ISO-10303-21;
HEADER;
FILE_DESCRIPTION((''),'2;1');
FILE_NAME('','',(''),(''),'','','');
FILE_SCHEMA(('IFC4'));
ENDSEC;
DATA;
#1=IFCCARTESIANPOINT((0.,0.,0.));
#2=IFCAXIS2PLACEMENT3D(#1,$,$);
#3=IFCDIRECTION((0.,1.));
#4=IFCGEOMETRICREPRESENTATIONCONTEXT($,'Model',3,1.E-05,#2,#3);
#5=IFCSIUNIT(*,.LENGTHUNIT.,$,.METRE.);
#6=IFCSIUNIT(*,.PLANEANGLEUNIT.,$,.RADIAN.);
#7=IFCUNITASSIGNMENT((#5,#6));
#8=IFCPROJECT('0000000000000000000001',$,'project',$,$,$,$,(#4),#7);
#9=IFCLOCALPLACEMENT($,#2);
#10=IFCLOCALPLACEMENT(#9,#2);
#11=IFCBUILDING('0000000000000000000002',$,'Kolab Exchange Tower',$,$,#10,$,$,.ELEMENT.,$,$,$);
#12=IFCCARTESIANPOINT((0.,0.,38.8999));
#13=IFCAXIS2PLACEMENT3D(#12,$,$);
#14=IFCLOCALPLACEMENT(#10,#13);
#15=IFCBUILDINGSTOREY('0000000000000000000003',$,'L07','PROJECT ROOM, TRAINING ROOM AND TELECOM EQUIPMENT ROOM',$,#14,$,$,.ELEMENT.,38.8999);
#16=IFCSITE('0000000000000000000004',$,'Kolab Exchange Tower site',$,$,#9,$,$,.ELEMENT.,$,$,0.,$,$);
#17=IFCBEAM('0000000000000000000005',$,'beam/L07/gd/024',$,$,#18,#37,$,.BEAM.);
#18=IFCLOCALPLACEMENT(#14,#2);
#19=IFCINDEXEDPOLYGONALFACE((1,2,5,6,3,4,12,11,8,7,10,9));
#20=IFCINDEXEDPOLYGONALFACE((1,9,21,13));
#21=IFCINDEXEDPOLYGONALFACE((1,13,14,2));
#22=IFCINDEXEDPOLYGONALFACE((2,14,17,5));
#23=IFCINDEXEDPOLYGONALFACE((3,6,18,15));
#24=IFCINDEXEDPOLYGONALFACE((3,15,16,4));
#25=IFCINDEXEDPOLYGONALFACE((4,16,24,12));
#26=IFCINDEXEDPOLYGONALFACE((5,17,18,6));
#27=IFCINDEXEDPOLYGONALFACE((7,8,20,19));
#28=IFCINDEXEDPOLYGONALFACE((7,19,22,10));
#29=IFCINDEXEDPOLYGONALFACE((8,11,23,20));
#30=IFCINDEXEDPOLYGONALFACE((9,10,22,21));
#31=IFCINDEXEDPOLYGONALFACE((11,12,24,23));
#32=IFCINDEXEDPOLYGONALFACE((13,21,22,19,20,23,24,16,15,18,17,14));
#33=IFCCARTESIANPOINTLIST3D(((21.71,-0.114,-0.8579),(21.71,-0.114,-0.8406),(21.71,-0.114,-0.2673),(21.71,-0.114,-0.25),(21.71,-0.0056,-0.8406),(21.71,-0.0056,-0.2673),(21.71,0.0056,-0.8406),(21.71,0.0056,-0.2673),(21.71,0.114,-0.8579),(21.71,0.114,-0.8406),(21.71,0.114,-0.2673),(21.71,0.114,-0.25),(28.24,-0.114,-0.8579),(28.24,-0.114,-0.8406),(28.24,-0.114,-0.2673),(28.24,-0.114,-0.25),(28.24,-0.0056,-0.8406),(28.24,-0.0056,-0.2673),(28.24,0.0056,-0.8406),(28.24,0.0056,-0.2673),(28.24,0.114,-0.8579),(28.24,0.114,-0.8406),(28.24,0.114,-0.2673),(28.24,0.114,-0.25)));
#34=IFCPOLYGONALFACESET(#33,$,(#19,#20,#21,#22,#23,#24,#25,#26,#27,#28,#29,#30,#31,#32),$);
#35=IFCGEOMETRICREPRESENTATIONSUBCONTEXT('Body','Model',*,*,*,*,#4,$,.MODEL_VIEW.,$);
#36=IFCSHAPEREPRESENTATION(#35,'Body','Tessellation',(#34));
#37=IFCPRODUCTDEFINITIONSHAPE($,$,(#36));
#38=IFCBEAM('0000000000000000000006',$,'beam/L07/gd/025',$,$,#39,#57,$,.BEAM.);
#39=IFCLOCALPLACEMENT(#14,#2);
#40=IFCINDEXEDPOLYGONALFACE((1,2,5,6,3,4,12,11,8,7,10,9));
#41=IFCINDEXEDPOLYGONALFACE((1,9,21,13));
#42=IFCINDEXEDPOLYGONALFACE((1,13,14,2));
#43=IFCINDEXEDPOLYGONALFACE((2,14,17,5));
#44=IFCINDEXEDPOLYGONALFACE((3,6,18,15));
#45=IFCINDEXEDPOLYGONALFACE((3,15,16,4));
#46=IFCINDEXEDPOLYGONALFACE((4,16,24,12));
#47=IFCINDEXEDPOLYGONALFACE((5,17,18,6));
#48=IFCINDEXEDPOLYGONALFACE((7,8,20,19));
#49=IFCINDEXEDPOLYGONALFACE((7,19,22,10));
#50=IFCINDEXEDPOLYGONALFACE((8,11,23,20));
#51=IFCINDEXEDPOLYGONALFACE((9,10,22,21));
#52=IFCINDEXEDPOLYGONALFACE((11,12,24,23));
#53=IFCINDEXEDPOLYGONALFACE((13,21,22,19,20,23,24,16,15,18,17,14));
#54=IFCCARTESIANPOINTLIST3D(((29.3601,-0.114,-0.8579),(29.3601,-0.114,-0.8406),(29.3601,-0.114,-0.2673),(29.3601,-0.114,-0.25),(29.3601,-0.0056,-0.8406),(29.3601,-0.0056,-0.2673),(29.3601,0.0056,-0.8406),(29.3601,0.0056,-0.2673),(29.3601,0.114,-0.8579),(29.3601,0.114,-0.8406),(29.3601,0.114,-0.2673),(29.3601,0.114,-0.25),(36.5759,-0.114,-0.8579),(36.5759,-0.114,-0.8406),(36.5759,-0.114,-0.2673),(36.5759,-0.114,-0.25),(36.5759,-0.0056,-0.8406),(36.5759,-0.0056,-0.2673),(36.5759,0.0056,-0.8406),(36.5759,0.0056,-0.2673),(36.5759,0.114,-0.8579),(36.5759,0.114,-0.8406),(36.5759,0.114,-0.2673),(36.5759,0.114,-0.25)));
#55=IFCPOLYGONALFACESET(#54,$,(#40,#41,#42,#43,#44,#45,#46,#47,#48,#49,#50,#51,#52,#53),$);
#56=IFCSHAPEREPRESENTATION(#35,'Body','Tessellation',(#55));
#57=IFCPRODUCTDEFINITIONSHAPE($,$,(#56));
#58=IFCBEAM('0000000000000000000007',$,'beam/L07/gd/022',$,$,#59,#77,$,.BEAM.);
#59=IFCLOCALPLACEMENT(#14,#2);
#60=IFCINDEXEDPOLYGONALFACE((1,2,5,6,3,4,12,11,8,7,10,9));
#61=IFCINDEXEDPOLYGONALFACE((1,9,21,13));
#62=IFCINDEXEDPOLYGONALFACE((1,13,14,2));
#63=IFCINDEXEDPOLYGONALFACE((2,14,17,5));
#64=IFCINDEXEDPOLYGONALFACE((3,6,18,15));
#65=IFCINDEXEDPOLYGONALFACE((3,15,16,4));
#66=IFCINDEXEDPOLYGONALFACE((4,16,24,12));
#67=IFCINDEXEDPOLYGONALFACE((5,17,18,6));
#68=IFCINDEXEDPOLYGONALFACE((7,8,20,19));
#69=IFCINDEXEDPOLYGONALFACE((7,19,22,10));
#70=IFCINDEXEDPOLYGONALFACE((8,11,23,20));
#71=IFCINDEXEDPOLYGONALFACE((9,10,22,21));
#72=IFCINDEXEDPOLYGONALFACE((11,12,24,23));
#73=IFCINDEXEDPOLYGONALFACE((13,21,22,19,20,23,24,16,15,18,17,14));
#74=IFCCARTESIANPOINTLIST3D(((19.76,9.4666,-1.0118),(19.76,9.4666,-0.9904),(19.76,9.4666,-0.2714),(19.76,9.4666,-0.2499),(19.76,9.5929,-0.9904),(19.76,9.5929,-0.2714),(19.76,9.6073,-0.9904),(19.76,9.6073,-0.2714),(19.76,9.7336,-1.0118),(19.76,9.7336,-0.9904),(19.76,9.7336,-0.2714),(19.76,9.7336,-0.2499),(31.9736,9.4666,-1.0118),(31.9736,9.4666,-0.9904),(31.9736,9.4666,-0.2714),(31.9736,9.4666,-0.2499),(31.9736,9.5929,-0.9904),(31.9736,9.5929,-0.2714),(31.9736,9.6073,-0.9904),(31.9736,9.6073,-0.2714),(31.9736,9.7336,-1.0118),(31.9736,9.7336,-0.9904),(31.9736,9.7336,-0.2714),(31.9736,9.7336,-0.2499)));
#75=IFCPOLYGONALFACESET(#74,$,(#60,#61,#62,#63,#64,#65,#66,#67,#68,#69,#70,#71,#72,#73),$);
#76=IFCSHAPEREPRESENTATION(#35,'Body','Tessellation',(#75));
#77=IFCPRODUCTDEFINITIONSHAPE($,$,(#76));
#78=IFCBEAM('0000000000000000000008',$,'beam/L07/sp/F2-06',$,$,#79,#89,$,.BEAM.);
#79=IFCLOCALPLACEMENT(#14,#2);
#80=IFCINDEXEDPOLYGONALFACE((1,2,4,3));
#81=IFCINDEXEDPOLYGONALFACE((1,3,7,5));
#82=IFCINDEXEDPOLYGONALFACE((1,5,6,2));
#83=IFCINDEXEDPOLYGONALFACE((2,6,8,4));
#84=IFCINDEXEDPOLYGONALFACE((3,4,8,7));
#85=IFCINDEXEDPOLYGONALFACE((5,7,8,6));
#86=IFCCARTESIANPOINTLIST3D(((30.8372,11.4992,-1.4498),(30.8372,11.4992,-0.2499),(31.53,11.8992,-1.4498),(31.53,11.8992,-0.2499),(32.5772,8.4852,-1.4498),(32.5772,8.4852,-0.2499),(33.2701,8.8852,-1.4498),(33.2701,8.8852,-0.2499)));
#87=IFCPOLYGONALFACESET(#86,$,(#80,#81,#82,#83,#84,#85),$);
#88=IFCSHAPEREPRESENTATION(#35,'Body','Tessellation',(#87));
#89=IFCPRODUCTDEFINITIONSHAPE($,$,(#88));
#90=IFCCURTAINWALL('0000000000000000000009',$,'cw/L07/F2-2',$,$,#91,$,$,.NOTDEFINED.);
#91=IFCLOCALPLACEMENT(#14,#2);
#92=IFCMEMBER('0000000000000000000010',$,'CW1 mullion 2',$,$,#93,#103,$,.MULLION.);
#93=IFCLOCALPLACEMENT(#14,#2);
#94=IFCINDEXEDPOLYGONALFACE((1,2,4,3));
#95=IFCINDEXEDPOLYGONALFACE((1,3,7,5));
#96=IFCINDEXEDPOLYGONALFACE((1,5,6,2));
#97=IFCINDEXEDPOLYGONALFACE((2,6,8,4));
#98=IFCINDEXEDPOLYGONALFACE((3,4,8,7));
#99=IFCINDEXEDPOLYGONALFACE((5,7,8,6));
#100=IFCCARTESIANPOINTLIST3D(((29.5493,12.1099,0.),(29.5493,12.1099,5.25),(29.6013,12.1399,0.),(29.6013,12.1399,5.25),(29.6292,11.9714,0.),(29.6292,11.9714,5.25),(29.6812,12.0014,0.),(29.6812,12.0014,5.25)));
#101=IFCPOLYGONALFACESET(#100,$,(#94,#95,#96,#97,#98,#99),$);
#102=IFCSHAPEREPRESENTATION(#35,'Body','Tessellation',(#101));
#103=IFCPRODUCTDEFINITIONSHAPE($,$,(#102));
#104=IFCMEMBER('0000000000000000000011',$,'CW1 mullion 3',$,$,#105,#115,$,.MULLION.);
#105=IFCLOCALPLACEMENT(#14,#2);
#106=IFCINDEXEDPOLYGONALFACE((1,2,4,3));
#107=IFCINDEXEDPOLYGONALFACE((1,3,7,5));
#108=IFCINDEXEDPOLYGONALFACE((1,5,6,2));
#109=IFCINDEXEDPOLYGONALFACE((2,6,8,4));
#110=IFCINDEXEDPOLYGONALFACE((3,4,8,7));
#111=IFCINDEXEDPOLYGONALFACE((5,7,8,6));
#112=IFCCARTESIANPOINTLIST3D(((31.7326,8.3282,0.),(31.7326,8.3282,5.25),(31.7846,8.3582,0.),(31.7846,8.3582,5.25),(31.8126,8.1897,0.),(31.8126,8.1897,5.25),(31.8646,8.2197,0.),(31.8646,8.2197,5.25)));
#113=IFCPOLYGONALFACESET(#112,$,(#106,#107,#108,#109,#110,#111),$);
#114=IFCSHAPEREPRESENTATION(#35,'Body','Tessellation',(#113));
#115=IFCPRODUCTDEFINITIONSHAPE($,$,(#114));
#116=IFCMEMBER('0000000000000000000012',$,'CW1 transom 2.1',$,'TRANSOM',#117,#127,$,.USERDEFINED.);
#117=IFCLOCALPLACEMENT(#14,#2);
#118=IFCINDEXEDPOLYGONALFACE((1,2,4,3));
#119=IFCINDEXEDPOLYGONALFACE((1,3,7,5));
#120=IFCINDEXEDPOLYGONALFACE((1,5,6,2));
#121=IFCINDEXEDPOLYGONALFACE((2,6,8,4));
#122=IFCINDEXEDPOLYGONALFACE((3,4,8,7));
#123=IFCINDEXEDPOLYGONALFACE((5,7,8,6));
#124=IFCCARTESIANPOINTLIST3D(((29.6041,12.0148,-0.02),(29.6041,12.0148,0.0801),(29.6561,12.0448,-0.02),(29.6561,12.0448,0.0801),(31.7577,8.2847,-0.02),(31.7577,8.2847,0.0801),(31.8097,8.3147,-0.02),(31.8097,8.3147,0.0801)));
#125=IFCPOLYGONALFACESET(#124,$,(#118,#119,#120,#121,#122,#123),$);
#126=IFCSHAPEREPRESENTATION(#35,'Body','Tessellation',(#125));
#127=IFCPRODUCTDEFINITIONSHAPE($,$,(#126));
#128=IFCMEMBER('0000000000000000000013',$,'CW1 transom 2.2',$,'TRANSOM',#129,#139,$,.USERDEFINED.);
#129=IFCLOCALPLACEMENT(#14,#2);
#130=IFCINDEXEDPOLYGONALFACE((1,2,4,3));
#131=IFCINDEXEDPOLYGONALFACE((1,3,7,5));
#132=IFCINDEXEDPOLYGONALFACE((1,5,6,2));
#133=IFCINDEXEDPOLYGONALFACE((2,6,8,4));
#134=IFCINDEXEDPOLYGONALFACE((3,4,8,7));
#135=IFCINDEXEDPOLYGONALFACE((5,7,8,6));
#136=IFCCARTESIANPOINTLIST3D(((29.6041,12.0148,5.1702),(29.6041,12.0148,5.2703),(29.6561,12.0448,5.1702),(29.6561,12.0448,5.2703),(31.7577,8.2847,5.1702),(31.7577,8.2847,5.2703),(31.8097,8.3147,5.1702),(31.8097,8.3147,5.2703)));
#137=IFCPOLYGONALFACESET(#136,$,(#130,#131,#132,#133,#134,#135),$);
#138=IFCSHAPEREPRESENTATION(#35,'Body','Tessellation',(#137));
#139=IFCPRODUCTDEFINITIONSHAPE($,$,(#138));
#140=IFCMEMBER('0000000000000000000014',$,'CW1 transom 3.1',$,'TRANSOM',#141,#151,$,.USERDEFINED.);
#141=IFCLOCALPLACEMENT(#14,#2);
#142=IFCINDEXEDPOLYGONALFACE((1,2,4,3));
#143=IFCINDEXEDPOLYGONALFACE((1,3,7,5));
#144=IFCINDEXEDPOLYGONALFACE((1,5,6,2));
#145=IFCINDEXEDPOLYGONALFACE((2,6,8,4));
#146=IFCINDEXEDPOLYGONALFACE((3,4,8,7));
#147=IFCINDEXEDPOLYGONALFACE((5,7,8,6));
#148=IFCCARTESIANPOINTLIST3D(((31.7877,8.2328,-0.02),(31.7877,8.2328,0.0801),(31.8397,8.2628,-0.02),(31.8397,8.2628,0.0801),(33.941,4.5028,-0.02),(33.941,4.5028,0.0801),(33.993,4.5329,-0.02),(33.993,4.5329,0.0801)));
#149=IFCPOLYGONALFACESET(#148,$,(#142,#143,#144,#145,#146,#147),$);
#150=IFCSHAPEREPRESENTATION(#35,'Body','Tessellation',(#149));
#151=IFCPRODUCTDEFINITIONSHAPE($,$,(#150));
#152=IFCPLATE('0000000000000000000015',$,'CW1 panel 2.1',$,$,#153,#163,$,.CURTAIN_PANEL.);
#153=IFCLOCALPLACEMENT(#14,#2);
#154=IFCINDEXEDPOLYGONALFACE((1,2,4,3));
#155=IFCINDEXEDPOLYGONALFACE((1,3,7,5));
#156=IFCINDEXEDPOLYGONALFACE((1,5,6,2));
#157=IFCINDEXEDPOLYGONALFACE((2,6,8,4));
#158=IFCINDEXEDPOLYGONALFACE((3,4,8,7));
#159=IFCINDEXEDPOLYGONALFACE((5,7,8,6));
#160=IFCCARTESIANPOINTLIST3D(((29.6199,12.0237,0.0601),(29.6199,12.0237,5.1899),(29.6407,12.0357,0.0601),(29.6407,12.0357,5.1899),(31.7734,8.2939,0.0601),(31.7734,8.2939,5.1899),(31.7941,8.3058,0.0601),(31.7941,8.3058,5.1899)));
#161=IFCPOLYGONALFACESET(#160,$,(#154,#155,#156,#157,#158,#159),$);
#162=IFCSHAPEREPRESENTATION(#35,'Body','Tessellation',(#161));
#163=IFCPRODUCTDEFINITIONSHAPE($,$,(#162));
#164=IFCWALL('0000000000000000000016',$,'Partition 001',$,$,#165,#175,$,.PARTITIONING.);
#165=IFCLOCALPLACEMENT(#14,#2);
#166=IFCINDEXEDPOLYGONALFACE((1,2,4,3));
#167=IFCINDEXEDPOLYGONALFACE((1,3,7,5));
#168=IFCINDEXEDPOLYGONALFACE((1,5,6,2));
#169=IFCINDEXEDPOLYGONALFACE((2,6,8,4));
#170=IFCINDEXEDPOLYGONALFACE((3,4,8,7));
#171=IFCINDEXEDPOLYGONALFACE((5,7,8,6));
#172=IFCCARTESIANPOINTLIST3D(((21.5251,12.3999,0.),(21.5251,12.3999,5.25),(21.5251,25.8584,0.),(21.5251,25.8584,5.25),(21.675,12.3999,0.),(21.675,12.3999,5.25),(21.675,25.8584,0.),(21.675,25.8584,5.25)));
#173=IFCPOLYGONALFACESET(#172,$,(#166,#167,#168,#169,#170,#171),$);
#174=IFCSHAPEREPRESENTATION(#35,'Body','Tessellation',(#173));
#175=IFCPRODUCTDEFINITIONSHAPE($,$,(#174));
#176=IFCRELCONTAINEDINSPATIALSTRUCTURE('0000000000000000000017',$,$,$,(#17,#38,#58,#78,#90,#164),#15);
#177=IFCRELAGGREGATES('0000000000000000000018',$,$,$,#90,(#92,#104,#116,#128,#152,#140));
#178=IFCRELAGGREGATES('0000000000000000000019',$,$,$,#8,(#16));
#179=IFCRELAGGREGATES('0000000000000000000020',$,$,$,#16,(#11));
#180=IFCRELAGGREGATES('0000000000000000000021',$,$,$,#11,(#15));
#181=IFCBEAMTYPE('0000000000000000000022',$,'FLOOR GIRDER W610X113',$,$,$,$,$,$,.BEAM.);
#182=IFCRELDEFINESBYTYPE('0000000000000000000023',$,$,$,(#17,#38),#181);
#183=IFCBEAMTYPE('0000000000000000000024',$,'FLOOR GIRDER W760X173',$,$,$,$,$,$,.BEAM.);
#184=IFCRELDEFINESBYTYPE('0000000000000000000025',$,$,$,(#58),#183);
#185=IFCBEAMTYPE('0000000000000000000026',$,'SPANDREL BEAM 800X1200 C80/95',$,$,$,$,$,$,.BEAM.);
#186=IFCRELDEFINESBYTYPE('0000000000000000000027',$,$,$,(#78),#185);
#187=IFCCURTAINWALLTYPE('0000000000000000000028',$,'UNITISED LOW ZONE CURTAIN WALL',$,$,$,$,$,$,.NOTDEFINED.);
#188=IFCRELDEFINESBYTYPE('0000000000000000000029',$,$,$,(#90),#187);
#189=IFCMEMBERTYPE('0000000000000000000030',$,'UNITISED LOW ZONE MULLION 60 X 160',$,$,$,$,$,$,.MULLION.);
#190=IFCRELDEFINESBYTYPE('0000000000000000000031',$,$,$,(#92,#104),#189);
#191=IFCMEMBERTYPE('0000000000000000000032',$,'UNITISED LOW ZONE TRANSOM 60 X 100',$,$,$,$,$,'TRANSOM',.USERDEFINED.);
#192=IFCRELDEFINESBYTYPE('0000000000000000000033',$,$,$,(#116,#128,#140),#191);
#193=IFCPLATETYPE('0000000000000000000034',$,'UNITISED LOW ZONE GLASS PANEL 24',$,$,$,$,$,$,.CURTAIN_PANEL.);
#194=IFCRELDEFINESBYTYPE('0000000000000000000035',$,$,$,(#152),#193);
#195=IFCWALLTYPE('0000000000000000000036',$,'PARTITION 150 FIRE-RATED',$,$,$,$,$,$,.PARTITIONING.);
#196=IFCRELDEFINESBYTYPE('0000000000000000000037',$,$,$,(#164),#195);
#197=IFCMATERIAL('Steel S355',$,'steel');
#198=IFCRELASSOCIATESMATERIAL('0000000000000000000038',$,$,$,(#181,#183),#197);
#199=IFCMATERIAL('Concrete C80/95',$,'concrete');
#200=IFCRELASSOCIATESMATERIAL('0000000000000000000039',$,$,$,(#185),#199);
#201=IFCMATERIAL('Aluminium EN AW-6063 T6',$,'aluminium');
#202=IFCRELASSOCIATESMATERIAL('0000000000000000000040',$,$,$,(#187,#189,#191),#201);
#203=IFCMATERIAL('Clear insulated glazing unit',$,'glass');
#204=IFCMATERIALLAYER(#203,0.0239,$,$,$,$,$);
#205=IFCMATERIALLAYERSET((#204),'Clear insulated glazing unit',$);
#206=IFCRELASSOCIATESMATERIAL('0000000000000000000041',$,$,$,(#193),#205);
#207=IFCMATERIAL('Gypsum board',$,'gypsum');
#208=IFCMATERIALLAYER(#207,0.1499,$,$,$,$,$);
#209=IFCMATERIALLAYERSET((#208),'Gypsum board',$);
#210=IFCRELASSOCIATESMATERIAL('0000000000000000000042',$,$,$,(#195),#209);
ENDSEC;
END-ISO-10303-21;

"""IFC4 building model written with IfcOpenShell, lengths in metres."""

from ifc_helpers import new_model, si_unit, direction, frame, frame_2d, origin, origin_2d, place, context, subcontext, project, spatial, rectangle, i_section, extrude, material, layer, layer_set, material_profile, profile_set, type_object, element, aggregate, save


model = new_model("IFC4")

# Units and contexts
model_context = context("Model", 3, precision=1e-05, world=origin(), true_north=direction((0.0, 1.0)))
body_context = subcontext(model_context, "Body", "Model", "MODEL_VIEW")
ifc_project = project(units=[si_unit("LENGTHUNIT", "METRE"), si_unit("PLANEANGLEUNIT", "RADIAN")], contexts=[model_context])

# Site, building, storey
site_placement = place(None, origin())
site = spatial("IfcSite", under=ifc_project, at=site_placement, Name="Kolab Exchange Tower site", CompositionType="ELEMENT", RefElevation=0.0)
building_placement = place(site_placement, origin())
building = spatial("IfcBuilding", under=site, at=building_placement, Name="Kolab Exchange Tower", CompositionType="ELEMENT")
storey_placement = place(building_placement, frame((0.0, 0.0, 38.8999)))
storey = spatial("IfcBuildingStorey", under=building, at=storey_placement, Name="L07", Description="PROJECT ROOM, TRAINING ROOM AND TELECOM EQUIPMENT ROOM", CompositionType="ELEMENT", Elevation=38.8999)

# Shared definitions
ifc_material_1 = material(Name="Concrete C80/95", Category="concrete")

# Beams
ifc_material_2 = material(Name="Steel S355", Category="steel")
ifc_material_profile_1 = material_profile(ifc_material_2, i_section(OverallWidth=0.228, OverallDepth=0.6079, WebThickness=0.0112, FlangeThickness=0.0173, at=origin_2d()), Name="W610X113")
ifc_profile_set_1 = profile_set([ifc_material_profile_1], Name="Steel S355")
beam_type_1 = type_object("IfcBeamType", Name="FLOOR GIRDER W610X113", PredefinedType="BEAM", material=ifc_profile_set_1)
beam_1_placement = place(storey_placement, frame((21.71, 0.0, -0.554), z_axis=(1.0, 0.0, 0.0), x_axis=(0.0, 1.0, 0.0)))
element("IfcBeam", 1, at=beam_1_placement, inside=storey, type_object=beam_type_1, Name="beam/L07/gd/024", PredefinedType="BEAM", context=body_context, shape_type="SweptSolid", body=[
    extrude(i_section(OverallWidth=0.228, OverallDepth=0.6079, WebThickness=0.0112, FlangeThickness=0.0173, at=origin_2d()), origin(), (0.0, 0.0, 1.0), 6.53),
])
beam_2_placement = place(storey_placement, frame((29.3601, 0.0, -0.554), z_axis=(1.0, 0.0, 0.0), x_axis=(0.0, 1.0, 0.0)))
element("IfcBeam", 2, at=beam_2_placement, inside=storey, type_object=beam_type_1, Name="beam/L07/gd/025", PredefinedType="BEAM", context=body_context, shape_type="SweptSolid", body=[
    extrude(i_section(OverallWidth=0.228, OverallDepth=0.6079, WebThickness=0.0112, FlangeThickness=0.0173, at=origin_2d()), origin(), (0.0, 0.0, 1.0), 7.2158),
])
ifc_material_profile_2 = material_profile(ifc_material_2, i_section(OverallWidth=0.2671, OverallDepth=0.762, WebThickness=0.0144, FlangeThickness=0.0215, at=origin_2d()), Name="W760X173")
ifc_profile_set_2 = profile_set([ifc_material_profile_2], Name="Steel S355")
beam_type_2 = type_object("IfcBeamType", Name="FLOOR GIRDER W760X173", PredefinedType="BEAM", material=ifc_profile_set_2)
beam_3_placement = place(storey_placement, frame((19.76, 9.6001, -0.6309), z_axis=(1.0, 0.0, 0.0), x_axis=(0.0, 1.0, 0.0)))
element("IfcBeam", 3, at=beam_3_placement, inside=storey, type_object=beam_type_2, Name="beam/L07/gd/022", PredefinedType="BEAM", context=body_context, shape_type="SweptSolid", body=[
    extrude(i_section(OverallWidth=0.2671, OverallDepth=0.762, WebThickness=0.0144, FlangeThickness=0.0215, at=origin_2d()), origin(), (0.0, 0.0, 1.0), 12.2136),
])
ifc_material_profile_3 = material_profile(ifc_material_1, rectangle(XDim=0.8, YDim=1.2, at=origin_2d()), Name="RC800X1200")
ifc_profile_set_3 = profile_set([ifc_material_profile_3], Name="Concrete C80/95")
beam_type_3 = type_object("IfcBeamType", Name="SPANDREL BEAM 800X1200 C80/95", PredefinedType="BEAM", material=ifc_profile_set_3)
beam_4_placement = place(storey_placement, frame((31.1836, 11.6992, -0.8499), z_axis=(0.49998, -0.866037, 0.0), x_axis=(0.866037, 0.49998, 0.0)))
element("IfcBeam", 4, at=beam_4_placement, inside=storey, type_object=beam_type_3, Name="beam/L07/sp/F2-06", PredefinedType="BEAM", context=body_context, shape_type="SweptSolid", body=[
    extrude(rectangle(XDim=0.8, YDim=1.2, at=origin_2d()), origin(), (0.0, 0.0, 1.0), 3.4802),
])

# Curtain wall, members, plate
ifc_material_3 = material(Name="Aluminium EN AW-6063 T6", Category="aluminium")
curtain_wall_type = type_object("IfcCurtainWallType", Name="UNITISED LOW ZONE CURTAIN WALL", PredefinedType="NOTDEFINED", material=ifc_material_3)
curtain_wall_placement = place(storey_placement, origin())
curtain_wall = element("IfcCurtainWall", 5, at=curtain_wall_placement, inside=storey, type_object=curtain_wall_type, Name="cw/L07/F2-2", PredefinedType="NOTDEFINED")
ifc_material_profile_4 = material_profile(ifc_material_3, rectangle(XDim=0.0601, YDim=0.1599, at=origin_2d()), Name="RECT 60X160")
ifc_profile_set_4 = profile_set([ifc_material_profile_4], Name="Aluminium EN AW-6063 T6")
member_type_1 = type_object("IfcMemberType", Name="UNITISED LOW ZONE MULLION 60 X 160", PredefinedType="MULLION", material=ifc_profile_set_4)
member_1_placement = place(storey_placement, frame((29.6152, 12.0557, 0.0), z_axis=(0.0, 0.0, 1.0), x_axis=(0.866025, 0.5, 0.0)))
member_1 = element("IfcMember", 6, at=member_1_placement, type_object=member_type_1, Name="CW1 mullion 2", PredefinedType="MULLION", context=body_context, shape_type="SweptSolid", body=[
    extrude(rectangle(XDim=0.0601, YDim=0.1599, at=origin_2d()), origin(), (0.0, 0.0, 1.0), 5.25),
])
member_2_placement = place(storey_placement, frame((31.7986, 8.2739, 0.0), z_axis=(0.0, 0.0, 1.0), x_axis=(0.866025, 0.5, 0.0)))
member_2 = element("IfcMember", 7, at=member_2_placement, type_object=member_type_1, Name="CW1 mullion 3", PredefinedType="MULLION", context=body_context, shape_type="SweptSolid", body=[
    extrude(rectangle(XDim=0.0601, YDim=0.1599, at=origin_2d()), origin(), (0.0, 0.0, 1.0), 5.25),
])
ifc_material_profile_5 = material_profile(ifc_material_3, rectangle(XDim=0.0601, YDim=0.1001, at=origin_2d()), Name="RECT 60X100")
ifc_profile_set_5 = profile_set([ifc_material_profile_5], Name="Aluminium EN AW-6063 T6")
member_type_2 = type_object("IfcMemberType", Name="UNITISED LOW ZONE TRANSOM 60 X 100", ElementType="TRANSOM", PredefinedType="USERDEFINED", material=ifc_profile_set_5)
member_3_placement = place(storey_placement, frame((29.6301, 12.0298, 0.03), z_axis=(0.50001, -0.866019, 0.0), x_axis=(0.866019, 0.50001, 0.0)))
member_3 = element("IfcMember", 8, at=member_3_placement, type_object=member_type_2, Name="CW1 transom 2.1", ObjectType="TRANSOM", PredefinedType="USERDEFINED", context=body_context, shape_type="SweptSolid", body=[
    extrude(rectangle(XDim=0.0601, YDim=0.1001, at=origin_2d()), origin(), (0.0, 0.0, 1.0), 4.3071),
])
member_4_placement = place(storey_placement, frame((29.6301, 12.0298, 5.2202), z_axis=(0.50001, -0.866019, 0.0), x_axis=(0.866019, 0.50001, 0.0)))
member_4 = element("IfcMember", 9, at=member_4_placement, type_object=member_type_2, Name="CW1 transom 2.2", ObjectType="TRANSOM", PredefinedType="USERDEFINED", context=body_context, shape_type="SweptSolid", body=[
    extrude(rectangle(XDim=0.0601, YDim=0.1001, at=origin_2d()), origin(), (0.0, 0.0, 1.0), 4.3071),
])
member_5_placement = place(storey_placement, frame((31.8137, 8.2478, 0.03), z_axis=(0.499968, -0.866044, 0.0), x_axis=(0.866044, 0.499968, 0.0)))
member_5 = element("IfcMember", 10, at=member_5_placement, type_object=member_type_2, Name="CW1 transom 3.1", ObjectType="TRANSOM", PredefinedType="USERDEFINED", context=body_context, shape_type="SweptSolid", body=[
    extrude(rectangle(XDim=0.0601, YDim=0.1001, at=origin_2d()), origin(), (0.0, 0.0, 1.0), 4.3069),
])
ifc_material_4 = material(Name="Clear insulated glazing unit", Category="glass")
ifc_layer_1 = layer(ifc_material_4, 0.0239)
ifc_layer_set_1 = layer_set([ifc_layer_1], Name="Clear insulated glazing unit")
plate_type = type_object("IfcPlateType", Name="UNITISED LOW ZONE GLASS PANEL 24", PredefinedType="CURTAIN_PANEL", material=ifc_layer_set_1)
plate_placement = place(storey_placement, frame((30.707, 10.1648, 0.0601), z_axis=(0.0, 0.0, 1.0), x_axis=(0.5, -0.866025, 0.0)))
plate = element("IfcPlate", 11, at=plate_placement, type_object=plate_type, Name="CW1 panel 2.1", PredefinedType="CURTAIN_PANEL", context=body_context, shape_type="SweptSolid", body=[
    extrude(rectangle(XDim=4.3069, YDim=0.0239, at=origin_2d()), origin(), (0.0, 0.0, 1.0), 5.1299),
])
aggregate(curtain_wall, [member_1, member_2, member_3, member_4, plate, member_5])

# Wall
ifc_material_5 = material(Name="Gypsum board", Category="gypsum")
ifc_layer_2 = layer(ifc_material_5, 0.1499)
ifc_layer_set_2 = layer_set([ifc_layer_2], Name="Gypsum board")
wall_type = type_object("IfcWallType", Name="PARTITION 150 FIRE-RATED", PredefinedType="PARTITIONING", material=ifc_layer_set_2)
wall_1_placement = place(storey_placement, frame((21.6001, 12.3999, 0.0), z_axis=(0.0, 0.0, 1.0), x_axis=(0.0, 1.0, 0.0)))
element("IfcWall", 12, at=wall_1_placement, inside=storey, type_object=wall_type, Name="Partition 001", PredefinedType="PARTITIONING", context=body_context, shape_type="SweptSolid", body=[
    extrude(rectangle(XDim=13.4585, YDim=0.1499, at=frame_2d((6.7292, 0.0))), origin(), (0.0, 0.0, 1.0), 5.25),
])

save(model, "model.ifc")
